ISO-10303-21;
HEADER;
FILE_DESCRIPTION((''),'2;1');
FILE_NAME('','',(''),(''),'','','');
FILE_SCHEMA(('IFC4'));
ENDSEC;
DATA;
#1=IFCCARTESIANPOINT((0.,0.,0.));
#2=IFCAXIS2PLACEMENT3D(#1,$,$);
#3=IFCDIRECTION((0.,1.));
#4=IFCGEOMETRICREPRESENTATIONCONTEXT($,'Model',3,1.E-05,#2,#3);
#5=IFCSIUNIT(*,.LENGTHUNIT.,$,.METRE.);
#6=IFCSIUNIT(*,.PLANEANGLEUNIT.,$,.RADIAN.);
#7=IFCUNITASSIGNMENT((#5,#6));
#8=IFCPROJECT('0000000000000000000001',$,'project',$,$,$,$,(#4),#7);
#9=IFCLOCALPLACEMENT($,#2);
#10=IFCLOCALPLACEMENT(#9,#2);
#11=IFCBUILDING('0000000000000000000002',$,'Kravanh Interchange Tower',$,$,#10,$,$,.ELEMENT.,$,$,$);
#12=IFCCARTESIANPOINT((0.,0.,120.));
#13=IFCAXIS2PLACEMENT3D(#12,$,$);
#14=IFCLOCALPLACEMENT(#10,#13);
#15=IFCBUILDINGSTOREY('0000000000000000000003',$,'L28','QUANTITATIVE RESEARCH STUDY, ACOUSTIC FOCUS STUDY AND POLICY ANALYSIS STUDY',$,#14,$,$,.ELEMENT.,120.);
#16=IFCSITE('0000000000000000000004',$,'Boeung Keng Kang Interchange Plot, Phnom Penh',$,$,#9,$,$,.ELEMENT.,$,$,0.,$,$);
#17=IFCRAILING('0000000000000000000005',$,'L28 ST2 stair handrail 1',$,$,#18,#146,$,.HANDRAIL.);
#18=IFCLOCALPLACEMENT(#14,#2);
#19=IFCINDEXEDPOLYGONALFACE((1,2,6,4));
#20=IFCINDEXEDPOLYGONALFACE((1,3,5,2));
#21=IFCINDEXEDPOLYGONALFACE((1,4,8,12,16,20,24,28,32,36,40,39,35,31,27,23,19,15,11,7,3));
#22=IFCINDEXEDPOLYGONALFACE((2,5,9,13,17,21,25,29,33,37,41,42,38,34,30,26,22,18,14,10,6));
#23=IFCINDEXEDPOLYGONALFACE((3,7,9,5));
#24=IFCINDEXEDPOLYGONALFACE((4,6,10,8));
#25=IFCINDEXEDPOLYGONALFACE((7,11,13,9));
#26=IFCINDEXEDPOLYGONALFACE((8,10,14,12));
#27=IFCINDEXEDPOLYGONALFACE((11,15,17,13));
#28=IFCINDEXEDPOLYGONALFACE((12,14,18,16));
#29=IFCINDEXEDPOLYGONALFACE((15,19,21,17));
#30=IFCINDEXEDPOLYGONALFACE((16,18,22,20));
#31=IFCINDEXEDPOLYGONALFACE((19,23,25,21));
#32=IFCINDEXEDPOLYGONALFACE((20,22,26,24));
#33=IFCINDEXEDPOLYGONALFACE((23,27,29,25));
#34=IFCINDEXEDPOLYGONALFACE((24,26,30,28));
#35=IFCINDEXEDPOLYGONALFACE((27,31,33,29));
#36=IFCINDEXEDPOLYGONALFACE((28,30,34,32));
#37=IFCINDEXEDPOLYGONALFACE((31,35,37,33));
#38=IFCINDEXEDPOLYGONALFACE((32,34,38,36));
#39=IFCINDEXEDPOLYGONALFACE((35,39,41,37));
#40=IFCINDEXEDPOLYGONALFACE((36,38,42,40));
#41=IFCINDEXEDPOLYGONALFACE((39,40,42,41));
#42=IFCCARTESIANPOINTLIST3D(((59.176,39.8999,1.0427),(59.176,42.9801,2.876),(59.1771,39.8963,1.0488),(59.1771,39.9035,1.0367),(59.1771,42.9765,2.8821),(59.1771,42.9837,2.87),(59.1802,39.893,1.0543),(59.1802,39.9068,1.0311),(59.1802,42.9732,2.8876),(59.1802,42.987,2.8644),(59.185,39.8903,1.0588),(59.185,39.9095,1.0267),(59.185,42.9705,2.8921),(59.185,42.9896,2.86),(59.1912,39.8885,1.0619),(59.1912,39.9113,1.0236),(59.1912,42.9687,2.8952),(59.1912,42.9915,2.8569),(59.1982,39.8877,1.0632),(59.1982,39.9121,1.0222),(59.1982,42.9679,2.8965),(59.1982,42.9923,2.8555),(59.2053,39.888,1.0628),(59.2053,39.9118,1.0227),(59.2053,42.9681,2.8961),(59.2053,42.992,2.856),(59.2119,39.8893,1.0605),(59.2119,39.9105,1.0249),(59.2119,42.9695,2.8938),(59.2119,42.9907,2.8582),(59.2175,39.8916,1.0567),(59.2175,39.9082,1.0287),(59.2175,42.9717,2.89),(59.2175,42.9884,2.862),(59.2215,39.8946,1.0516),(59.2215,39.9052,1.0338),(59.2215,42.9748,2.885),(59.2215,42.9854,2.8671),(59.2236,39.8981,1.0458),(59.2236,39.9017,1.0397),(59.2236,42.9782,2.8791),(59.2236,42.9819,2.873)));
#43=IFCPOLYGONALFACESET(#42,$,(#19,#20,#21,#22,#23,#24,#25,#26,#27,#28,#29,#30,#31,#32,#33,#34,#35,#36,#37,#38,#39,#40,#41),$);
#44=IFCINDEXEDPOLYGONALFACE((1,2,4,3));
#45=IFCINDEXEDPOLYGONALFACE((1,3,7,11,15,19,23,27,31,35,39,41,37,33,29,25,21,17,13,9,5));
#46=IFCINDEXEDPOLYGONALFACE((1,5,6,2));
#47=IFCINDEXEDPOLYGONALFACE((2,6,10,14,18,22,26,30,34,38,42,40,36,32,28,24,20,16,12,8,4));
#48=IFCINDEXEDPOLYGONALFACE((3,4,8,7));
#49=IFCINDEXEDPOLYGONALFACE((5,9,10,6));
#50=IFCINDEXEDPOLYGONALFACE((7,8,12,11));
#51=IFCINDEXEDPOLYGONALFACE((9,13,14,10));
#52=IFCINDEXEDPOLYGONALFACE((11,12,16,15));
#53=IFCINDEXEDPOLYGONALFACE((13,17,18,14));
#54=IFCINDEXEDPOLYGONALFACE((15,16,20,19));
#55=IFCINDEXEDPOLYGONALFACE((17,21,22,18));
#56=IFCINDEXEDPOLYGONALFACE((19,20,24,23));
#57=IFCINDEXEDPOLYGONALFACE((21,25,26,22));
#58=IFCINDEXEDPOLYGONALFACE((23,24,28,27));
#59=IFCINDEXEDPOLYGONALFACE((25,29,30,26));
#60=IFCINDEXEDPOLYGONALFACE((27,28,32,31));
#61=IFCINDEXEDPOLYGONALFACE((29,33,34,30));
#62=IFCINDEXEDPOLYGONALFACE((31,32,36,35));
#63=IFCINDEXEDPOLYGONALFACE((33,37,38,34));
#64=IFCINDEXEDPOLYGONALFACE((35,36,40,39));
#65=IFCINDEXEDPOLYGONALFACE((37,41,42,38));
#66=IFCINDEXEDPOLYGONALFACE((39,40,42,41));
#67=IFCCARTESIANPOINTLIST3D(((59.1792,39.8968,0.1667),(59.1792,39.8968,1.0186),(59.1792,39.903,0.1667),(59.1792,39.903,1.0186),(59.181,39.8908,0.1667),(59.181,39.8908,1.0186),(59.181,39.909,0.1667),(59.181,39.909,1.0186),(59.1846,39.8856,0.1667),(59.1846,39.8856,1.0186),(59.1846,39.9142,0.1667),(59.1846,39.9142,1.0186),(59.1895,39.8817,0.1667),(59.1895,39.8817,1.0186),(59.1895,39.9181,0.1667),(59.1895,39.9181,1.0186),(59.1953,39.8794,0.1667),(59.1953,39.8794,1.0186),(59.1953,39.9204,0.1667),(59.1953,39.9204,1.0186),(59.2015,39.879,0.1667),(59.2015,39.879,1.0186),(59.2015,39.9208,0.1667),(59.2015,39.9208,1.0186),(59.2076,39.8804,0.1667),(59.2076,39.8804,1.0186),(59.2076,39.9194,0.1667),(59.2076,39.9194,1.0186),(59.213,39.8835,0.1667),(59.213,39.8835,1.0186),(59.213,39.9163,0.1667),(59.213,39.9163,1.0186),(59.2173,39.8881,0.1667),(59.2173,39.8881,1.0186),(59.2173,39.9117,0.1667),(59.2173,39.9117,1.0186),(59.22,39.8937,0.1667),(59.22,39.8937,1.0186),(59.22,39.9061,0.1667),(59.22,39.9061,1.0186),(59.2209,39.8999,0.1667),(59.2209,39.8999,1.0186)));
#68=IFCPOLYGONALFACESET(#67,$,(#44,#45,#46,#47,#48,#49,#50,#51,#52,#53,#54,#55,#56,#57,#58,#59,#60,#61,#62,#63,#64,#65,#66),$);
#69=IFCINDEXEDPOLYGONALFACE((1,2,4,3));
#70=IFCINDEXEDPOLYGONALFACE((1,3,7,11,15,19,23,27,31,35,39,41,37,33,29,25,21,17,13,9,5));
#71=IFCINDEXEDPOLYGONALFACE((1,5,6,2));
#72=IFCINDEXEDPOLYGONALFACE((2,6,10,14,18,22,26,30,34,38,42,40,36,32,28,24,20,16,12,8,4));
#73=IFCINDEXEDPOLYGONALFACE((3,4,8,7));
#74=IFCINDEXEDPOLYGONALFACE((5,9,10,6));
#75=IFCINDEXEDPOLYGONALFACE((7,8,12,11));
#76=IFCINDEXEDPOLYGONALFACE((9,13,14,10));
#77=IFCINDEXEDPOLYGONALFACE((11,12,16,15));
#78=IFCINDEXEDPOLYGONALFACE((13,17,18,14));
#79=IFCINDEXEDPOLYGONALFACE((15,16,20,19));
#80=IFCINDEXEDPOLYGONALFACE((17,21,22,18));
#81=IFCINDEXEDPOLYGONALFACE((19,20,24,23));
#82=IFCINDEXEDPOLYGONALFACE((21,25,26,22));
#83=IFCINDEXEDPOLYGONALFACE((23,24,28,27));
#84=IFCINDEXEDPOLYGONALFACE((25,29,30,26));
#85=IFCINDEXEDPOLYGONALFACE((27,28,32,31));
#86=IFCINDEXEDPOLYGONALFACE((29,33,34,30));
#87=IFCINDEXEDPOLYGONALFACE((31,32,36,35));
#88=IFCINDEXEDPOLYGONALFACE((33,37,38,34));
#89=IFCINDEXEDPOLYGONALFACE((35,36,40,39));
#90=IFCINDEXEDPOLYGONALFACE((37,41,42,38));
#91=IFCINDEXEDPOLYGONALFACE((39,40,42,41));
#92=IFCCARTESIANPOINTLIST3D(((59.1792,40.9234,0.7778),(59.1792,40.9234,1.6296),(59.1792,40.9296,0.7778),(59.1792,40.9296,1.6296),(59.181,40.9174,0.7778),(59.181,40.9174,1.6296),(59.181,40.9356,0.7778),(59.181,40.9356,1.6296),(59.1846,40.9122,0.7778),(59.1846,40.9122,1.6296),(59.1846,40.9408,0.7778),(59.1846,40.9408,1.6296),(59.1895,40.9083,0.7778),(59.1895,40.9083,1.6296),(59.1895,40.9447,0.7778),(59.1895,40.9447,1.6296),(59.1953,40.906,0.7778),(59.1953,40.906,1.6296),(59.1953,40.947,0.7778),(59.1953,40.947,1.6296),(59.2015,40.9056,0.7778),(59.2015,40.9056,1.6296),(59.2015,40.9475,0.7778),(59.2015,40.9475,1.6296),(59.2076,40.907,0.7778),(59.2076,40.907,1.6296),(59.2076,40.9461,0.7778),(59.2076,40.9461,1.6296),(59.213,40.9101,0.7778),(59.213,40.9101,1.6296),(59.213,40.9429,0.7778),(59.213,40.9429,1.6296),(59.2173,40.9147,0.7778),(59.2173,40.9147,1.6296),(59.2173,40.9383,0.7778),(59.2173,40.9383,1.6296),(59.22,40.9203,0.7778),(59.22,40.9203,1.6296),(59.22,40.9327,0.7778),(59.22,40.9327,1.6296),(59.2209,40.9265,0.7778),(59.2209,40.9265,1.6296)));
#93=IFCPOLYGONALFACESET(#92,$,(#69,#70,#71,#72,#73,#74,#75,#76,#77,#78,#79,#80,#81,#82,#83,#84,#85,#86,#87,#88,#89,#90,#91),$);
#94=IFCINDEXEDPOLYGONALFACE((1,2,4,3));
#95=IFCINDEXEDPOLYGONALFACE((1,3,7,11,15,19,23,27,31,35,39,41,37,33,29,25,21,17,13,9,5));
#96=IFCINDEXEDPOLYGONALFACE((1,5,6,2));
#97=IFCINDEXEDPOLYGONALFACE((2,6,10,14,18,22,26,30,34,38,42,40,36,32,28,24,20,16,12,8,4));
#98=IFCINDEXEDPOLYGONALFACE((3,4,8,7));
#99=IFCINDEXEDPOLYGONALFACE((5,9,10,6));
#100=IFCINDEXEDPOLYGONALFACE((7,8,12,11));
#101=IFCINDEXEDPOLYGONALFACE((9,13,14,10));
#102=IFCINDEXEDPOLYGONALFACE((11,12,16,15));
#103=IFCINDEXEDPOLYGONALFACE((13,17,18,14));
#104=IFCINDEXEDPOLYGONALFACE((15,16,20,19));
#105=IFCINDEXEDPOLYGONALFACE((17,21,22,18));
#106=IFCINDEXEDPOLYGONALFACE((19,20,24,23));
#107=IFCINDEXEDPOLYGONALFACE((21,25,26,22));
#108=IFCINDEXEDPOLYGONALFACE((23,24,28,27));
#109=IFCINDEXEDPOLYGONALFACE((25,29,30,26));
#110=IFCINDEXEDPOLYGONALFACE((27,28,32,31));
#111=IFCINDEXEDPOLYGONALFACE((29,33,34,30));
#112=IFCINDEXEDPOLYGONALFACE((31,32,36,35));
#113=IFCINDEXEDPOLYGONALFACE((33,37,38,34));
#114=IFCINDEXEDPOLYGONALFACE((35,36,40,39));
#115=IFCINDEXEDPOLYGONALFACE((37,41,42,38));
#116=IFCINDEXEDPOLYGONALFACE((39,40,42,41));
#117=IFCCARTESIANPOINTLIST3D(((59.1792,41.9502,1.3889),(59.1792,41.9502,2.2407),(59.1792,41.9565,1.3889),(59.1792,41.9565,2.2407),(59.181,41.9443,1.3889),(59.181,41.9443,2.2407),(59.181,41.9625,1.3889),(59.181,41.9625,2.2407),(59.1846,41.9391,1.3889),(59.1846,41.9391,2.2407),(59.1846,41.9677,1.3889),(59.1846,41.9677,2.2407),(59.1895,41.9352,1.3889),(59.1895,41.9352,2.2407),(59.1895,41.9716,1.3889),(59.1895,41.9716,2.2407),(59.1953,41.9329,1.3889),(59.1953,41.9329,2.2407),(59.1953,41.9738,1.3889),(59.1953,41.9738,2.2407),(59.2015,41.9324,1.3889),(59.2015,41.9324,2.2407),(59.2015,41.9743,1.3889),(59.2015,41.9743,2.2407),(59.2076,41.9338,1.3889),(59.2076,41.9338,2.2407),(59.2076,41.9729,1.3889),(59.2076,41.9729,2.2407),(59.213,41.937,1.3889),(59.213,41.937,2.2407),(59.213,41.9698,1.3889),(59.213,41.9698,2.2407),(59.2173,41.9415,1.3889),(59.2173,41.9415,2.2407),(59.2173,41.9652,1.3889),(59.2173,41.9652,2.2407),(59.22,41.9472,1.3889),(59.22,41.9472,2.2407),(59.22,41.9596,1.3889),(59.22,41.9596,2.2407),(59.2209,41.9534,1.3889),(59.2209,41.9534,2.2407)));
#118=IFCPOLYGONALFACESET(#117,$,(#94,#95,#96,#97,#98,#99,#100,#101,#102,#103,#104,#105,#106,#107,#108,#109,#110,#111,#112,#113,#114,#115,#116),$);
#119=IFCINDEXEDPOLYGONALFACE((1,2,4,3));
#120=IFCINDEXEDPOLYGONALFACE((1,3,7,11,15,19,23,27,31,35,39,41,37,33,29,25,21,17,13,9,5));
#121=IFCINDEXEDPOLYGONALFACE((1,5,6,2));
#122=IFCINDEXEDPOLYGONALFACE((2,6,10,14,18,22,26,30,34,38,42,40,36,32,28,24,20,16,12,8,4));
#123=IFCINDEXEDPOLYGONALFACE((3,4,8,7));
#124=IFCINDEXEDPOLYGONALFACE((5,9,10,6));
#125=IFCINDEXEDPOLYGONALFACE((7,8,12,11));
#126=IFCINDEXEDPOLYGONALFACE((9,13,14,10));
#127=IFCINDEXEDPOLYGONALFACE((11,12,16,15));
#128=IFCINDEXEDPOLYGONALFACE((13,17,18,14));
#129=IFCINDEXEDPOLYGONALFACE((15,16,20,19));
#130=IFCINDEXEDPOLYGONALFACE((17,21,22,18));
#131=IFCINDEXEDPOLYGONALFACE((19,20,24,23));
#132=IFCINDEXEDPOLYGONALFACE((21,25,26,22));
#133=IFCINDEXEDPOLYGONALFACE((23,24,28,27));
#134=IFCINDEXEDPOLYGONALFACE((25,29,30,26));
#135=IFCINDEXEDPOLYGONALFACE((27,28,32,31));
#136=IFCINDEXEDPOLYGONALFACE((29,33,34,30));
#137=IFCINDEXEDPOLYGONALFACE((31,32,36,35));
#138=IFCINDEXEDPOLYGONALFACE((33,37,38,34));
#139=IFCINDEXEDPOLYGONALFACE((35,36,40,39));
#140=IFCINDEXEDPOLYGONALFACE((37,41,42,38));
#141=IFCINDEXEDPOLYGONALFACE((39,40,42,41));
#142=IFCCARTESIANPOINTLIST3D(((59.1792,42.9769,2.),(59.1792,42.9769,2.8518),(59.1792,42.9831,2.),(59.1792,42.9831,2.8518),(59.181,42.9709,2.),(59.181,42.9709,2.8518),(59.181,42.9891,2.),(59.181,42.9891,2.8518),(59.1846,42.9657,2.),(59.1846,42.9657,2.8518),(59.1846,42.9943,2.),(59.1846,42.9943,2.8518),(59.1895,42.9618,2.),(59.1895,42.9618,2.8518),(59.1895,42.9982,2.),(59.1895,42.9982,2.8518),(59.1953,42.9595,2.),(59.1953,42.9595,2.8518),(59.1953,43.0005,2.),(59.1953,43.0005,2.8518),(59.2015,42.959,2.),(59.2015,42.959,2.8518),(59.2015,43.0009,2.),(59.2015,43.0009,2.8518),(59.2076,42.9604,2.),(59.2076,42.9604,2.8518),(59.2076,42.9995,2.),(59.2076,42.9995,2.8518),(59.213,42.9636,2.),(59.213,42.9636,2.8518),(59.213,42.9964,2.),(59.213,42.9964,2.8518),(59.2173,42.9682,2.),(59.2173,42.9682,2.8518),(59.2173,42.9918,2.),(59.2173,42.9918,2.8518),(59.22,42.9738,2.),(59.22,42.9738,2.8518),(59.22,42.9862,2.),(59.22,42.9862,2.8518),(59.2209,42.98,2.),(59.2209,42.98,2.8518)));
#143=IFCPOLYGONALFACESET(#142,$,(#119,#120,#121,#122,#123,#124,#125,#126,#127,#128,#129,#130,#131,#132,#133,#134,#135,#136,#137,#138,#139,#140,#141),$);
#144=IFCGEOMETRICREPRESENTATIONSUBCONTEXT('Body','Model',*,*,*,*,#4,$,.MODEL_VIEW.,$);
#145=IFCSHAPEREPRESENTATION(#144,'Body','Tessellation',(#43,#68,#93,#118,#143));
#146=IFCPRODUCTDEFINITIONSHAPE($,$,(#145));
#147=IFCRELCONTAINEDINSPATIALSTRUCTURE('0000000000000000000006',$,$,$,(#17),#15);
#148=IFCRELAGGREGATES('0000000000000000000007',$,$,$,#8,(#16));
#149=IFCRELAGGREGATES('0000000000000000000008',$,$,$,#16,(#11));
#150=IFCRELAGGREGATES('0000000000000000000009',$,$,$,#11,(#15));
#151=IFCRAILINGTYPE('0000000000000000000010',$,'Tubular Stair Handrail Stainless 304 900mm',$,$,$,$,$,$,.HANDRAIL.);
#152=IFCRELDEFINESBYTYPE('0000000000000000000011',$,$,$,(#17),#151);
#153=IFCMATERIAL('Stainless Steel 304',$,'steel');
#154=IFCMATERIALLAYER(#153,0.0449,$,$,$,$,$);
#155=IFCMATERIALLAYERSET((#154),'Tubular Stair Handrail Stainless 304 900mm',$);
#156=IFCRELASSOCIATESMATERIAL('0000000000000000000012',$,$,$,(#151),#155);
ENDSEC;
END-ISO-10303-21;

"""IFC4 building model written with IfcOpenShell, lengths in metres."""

from ifc_helpers import new_model, si_unit, direction, frame, origin, origin_2d, place, context, subcontext, project, spatial, circle, extrude, material, layer, layer_set, type_object, element, save


model = new_model("IFC4")

# Units and contexts
model_context = context("Model", 3, precision=1e-05, world=origin(), true_north=direction((0.0, 1.0)))
body_context = subcontext(model_context, "Body", "Model", "MODEL_VIEW")
ifc_project = project(units=[si_unit("LENGTHUNIT", "METRE"), si_unit("PLANEANGLEUNIT", "RADIAN")], contexts=[model_context])

# Site, building, storey
site_placement = place(None, origin())
site = spatial("IfcSite", under=ifc_project, at=site_placement, Name="Boeung Keng Kang Interchange Plot, Phnom Penh", CompositionType="ELEMENT", RefElevation=0.0)
building_placement = place(site_placement, origin())
building = spatial("IfcBuilding", under=site, at=building_placement, Name="Kravanh Interchange Tower", CompositionType="ELEMENT")
storey_placement = place(building_placement, frame((0.0, 0.0, 120.0)))
storey = spatial("IfcBuildingStorey", under=building, at=storey_placement, Name="L28", Description="QUANTITATIVE RESEARCH STUDY, ACOUSTIC FOCUS STUDY AND POLICY ANALYSIS STUDY", CompositionType="ELEMENT", Elevation=120.0)

# Railing
ifc_material_1 = material(Name="Stainless Steel 304", Category="steel")
ifc_layer_1 = layer(ifc_material_1, 0.0449)
ifc_layer_set_1 = layer_set([ifc_layer_1], Name="Tubular Stair Handrail Stainless 304 900mm")
railing_type_1 = type_object("IfcRailingType", Name="Tubular Stair Handrail Stainless 304 900mm", PredefinedType="HANDRAIL", material=ifc_layer_set_1)
railing_1_placement = place(storey_placement, frame((59.2, 39.8999, 0.1667)))
element("IfcRailing", 1, at=railing_1_placement, inside=storey, type_object=railing_type_1, Name="L28 ST2 stair handrail 1", PredefinedType="HANDRAIL", context=body_context, shape_type="SweptSolid", body=[
    extrude(circle(Radius=0.0239, at=origin_2d()), frame((0.0, 0.0, 0.876), z_axis=(0.0, 0.859309, 0.511458), x_axis=(-1.0, 0.0, 0.0)), (0.0, 0.0, 1.0), 3.5845),
    extrude(circle(Radius=0.021, at=origin_2d()), origin(), (0.0, 0.0, 1.0), 0.8518),
    extrude(circle(Radius=0.021, at=origin_2d()), frame((0.0, 1.0266, 0.6111)), (0.0, 0.0, 1.0), 0.8518),
    extrude(circle(Radius=0.021, at=origin_2d()), frame((0.0, 2.0535, 1.2222)), (0.0, 0.0, 1.0), 0.8518),
    extrude(circle(Radius=0.021, at=origin_2d()), frame((0.0, 3.0801, 1.8333)), (0.0, 0.0, 1.0), 0.8518),
])

save(model, "model.ifc")
